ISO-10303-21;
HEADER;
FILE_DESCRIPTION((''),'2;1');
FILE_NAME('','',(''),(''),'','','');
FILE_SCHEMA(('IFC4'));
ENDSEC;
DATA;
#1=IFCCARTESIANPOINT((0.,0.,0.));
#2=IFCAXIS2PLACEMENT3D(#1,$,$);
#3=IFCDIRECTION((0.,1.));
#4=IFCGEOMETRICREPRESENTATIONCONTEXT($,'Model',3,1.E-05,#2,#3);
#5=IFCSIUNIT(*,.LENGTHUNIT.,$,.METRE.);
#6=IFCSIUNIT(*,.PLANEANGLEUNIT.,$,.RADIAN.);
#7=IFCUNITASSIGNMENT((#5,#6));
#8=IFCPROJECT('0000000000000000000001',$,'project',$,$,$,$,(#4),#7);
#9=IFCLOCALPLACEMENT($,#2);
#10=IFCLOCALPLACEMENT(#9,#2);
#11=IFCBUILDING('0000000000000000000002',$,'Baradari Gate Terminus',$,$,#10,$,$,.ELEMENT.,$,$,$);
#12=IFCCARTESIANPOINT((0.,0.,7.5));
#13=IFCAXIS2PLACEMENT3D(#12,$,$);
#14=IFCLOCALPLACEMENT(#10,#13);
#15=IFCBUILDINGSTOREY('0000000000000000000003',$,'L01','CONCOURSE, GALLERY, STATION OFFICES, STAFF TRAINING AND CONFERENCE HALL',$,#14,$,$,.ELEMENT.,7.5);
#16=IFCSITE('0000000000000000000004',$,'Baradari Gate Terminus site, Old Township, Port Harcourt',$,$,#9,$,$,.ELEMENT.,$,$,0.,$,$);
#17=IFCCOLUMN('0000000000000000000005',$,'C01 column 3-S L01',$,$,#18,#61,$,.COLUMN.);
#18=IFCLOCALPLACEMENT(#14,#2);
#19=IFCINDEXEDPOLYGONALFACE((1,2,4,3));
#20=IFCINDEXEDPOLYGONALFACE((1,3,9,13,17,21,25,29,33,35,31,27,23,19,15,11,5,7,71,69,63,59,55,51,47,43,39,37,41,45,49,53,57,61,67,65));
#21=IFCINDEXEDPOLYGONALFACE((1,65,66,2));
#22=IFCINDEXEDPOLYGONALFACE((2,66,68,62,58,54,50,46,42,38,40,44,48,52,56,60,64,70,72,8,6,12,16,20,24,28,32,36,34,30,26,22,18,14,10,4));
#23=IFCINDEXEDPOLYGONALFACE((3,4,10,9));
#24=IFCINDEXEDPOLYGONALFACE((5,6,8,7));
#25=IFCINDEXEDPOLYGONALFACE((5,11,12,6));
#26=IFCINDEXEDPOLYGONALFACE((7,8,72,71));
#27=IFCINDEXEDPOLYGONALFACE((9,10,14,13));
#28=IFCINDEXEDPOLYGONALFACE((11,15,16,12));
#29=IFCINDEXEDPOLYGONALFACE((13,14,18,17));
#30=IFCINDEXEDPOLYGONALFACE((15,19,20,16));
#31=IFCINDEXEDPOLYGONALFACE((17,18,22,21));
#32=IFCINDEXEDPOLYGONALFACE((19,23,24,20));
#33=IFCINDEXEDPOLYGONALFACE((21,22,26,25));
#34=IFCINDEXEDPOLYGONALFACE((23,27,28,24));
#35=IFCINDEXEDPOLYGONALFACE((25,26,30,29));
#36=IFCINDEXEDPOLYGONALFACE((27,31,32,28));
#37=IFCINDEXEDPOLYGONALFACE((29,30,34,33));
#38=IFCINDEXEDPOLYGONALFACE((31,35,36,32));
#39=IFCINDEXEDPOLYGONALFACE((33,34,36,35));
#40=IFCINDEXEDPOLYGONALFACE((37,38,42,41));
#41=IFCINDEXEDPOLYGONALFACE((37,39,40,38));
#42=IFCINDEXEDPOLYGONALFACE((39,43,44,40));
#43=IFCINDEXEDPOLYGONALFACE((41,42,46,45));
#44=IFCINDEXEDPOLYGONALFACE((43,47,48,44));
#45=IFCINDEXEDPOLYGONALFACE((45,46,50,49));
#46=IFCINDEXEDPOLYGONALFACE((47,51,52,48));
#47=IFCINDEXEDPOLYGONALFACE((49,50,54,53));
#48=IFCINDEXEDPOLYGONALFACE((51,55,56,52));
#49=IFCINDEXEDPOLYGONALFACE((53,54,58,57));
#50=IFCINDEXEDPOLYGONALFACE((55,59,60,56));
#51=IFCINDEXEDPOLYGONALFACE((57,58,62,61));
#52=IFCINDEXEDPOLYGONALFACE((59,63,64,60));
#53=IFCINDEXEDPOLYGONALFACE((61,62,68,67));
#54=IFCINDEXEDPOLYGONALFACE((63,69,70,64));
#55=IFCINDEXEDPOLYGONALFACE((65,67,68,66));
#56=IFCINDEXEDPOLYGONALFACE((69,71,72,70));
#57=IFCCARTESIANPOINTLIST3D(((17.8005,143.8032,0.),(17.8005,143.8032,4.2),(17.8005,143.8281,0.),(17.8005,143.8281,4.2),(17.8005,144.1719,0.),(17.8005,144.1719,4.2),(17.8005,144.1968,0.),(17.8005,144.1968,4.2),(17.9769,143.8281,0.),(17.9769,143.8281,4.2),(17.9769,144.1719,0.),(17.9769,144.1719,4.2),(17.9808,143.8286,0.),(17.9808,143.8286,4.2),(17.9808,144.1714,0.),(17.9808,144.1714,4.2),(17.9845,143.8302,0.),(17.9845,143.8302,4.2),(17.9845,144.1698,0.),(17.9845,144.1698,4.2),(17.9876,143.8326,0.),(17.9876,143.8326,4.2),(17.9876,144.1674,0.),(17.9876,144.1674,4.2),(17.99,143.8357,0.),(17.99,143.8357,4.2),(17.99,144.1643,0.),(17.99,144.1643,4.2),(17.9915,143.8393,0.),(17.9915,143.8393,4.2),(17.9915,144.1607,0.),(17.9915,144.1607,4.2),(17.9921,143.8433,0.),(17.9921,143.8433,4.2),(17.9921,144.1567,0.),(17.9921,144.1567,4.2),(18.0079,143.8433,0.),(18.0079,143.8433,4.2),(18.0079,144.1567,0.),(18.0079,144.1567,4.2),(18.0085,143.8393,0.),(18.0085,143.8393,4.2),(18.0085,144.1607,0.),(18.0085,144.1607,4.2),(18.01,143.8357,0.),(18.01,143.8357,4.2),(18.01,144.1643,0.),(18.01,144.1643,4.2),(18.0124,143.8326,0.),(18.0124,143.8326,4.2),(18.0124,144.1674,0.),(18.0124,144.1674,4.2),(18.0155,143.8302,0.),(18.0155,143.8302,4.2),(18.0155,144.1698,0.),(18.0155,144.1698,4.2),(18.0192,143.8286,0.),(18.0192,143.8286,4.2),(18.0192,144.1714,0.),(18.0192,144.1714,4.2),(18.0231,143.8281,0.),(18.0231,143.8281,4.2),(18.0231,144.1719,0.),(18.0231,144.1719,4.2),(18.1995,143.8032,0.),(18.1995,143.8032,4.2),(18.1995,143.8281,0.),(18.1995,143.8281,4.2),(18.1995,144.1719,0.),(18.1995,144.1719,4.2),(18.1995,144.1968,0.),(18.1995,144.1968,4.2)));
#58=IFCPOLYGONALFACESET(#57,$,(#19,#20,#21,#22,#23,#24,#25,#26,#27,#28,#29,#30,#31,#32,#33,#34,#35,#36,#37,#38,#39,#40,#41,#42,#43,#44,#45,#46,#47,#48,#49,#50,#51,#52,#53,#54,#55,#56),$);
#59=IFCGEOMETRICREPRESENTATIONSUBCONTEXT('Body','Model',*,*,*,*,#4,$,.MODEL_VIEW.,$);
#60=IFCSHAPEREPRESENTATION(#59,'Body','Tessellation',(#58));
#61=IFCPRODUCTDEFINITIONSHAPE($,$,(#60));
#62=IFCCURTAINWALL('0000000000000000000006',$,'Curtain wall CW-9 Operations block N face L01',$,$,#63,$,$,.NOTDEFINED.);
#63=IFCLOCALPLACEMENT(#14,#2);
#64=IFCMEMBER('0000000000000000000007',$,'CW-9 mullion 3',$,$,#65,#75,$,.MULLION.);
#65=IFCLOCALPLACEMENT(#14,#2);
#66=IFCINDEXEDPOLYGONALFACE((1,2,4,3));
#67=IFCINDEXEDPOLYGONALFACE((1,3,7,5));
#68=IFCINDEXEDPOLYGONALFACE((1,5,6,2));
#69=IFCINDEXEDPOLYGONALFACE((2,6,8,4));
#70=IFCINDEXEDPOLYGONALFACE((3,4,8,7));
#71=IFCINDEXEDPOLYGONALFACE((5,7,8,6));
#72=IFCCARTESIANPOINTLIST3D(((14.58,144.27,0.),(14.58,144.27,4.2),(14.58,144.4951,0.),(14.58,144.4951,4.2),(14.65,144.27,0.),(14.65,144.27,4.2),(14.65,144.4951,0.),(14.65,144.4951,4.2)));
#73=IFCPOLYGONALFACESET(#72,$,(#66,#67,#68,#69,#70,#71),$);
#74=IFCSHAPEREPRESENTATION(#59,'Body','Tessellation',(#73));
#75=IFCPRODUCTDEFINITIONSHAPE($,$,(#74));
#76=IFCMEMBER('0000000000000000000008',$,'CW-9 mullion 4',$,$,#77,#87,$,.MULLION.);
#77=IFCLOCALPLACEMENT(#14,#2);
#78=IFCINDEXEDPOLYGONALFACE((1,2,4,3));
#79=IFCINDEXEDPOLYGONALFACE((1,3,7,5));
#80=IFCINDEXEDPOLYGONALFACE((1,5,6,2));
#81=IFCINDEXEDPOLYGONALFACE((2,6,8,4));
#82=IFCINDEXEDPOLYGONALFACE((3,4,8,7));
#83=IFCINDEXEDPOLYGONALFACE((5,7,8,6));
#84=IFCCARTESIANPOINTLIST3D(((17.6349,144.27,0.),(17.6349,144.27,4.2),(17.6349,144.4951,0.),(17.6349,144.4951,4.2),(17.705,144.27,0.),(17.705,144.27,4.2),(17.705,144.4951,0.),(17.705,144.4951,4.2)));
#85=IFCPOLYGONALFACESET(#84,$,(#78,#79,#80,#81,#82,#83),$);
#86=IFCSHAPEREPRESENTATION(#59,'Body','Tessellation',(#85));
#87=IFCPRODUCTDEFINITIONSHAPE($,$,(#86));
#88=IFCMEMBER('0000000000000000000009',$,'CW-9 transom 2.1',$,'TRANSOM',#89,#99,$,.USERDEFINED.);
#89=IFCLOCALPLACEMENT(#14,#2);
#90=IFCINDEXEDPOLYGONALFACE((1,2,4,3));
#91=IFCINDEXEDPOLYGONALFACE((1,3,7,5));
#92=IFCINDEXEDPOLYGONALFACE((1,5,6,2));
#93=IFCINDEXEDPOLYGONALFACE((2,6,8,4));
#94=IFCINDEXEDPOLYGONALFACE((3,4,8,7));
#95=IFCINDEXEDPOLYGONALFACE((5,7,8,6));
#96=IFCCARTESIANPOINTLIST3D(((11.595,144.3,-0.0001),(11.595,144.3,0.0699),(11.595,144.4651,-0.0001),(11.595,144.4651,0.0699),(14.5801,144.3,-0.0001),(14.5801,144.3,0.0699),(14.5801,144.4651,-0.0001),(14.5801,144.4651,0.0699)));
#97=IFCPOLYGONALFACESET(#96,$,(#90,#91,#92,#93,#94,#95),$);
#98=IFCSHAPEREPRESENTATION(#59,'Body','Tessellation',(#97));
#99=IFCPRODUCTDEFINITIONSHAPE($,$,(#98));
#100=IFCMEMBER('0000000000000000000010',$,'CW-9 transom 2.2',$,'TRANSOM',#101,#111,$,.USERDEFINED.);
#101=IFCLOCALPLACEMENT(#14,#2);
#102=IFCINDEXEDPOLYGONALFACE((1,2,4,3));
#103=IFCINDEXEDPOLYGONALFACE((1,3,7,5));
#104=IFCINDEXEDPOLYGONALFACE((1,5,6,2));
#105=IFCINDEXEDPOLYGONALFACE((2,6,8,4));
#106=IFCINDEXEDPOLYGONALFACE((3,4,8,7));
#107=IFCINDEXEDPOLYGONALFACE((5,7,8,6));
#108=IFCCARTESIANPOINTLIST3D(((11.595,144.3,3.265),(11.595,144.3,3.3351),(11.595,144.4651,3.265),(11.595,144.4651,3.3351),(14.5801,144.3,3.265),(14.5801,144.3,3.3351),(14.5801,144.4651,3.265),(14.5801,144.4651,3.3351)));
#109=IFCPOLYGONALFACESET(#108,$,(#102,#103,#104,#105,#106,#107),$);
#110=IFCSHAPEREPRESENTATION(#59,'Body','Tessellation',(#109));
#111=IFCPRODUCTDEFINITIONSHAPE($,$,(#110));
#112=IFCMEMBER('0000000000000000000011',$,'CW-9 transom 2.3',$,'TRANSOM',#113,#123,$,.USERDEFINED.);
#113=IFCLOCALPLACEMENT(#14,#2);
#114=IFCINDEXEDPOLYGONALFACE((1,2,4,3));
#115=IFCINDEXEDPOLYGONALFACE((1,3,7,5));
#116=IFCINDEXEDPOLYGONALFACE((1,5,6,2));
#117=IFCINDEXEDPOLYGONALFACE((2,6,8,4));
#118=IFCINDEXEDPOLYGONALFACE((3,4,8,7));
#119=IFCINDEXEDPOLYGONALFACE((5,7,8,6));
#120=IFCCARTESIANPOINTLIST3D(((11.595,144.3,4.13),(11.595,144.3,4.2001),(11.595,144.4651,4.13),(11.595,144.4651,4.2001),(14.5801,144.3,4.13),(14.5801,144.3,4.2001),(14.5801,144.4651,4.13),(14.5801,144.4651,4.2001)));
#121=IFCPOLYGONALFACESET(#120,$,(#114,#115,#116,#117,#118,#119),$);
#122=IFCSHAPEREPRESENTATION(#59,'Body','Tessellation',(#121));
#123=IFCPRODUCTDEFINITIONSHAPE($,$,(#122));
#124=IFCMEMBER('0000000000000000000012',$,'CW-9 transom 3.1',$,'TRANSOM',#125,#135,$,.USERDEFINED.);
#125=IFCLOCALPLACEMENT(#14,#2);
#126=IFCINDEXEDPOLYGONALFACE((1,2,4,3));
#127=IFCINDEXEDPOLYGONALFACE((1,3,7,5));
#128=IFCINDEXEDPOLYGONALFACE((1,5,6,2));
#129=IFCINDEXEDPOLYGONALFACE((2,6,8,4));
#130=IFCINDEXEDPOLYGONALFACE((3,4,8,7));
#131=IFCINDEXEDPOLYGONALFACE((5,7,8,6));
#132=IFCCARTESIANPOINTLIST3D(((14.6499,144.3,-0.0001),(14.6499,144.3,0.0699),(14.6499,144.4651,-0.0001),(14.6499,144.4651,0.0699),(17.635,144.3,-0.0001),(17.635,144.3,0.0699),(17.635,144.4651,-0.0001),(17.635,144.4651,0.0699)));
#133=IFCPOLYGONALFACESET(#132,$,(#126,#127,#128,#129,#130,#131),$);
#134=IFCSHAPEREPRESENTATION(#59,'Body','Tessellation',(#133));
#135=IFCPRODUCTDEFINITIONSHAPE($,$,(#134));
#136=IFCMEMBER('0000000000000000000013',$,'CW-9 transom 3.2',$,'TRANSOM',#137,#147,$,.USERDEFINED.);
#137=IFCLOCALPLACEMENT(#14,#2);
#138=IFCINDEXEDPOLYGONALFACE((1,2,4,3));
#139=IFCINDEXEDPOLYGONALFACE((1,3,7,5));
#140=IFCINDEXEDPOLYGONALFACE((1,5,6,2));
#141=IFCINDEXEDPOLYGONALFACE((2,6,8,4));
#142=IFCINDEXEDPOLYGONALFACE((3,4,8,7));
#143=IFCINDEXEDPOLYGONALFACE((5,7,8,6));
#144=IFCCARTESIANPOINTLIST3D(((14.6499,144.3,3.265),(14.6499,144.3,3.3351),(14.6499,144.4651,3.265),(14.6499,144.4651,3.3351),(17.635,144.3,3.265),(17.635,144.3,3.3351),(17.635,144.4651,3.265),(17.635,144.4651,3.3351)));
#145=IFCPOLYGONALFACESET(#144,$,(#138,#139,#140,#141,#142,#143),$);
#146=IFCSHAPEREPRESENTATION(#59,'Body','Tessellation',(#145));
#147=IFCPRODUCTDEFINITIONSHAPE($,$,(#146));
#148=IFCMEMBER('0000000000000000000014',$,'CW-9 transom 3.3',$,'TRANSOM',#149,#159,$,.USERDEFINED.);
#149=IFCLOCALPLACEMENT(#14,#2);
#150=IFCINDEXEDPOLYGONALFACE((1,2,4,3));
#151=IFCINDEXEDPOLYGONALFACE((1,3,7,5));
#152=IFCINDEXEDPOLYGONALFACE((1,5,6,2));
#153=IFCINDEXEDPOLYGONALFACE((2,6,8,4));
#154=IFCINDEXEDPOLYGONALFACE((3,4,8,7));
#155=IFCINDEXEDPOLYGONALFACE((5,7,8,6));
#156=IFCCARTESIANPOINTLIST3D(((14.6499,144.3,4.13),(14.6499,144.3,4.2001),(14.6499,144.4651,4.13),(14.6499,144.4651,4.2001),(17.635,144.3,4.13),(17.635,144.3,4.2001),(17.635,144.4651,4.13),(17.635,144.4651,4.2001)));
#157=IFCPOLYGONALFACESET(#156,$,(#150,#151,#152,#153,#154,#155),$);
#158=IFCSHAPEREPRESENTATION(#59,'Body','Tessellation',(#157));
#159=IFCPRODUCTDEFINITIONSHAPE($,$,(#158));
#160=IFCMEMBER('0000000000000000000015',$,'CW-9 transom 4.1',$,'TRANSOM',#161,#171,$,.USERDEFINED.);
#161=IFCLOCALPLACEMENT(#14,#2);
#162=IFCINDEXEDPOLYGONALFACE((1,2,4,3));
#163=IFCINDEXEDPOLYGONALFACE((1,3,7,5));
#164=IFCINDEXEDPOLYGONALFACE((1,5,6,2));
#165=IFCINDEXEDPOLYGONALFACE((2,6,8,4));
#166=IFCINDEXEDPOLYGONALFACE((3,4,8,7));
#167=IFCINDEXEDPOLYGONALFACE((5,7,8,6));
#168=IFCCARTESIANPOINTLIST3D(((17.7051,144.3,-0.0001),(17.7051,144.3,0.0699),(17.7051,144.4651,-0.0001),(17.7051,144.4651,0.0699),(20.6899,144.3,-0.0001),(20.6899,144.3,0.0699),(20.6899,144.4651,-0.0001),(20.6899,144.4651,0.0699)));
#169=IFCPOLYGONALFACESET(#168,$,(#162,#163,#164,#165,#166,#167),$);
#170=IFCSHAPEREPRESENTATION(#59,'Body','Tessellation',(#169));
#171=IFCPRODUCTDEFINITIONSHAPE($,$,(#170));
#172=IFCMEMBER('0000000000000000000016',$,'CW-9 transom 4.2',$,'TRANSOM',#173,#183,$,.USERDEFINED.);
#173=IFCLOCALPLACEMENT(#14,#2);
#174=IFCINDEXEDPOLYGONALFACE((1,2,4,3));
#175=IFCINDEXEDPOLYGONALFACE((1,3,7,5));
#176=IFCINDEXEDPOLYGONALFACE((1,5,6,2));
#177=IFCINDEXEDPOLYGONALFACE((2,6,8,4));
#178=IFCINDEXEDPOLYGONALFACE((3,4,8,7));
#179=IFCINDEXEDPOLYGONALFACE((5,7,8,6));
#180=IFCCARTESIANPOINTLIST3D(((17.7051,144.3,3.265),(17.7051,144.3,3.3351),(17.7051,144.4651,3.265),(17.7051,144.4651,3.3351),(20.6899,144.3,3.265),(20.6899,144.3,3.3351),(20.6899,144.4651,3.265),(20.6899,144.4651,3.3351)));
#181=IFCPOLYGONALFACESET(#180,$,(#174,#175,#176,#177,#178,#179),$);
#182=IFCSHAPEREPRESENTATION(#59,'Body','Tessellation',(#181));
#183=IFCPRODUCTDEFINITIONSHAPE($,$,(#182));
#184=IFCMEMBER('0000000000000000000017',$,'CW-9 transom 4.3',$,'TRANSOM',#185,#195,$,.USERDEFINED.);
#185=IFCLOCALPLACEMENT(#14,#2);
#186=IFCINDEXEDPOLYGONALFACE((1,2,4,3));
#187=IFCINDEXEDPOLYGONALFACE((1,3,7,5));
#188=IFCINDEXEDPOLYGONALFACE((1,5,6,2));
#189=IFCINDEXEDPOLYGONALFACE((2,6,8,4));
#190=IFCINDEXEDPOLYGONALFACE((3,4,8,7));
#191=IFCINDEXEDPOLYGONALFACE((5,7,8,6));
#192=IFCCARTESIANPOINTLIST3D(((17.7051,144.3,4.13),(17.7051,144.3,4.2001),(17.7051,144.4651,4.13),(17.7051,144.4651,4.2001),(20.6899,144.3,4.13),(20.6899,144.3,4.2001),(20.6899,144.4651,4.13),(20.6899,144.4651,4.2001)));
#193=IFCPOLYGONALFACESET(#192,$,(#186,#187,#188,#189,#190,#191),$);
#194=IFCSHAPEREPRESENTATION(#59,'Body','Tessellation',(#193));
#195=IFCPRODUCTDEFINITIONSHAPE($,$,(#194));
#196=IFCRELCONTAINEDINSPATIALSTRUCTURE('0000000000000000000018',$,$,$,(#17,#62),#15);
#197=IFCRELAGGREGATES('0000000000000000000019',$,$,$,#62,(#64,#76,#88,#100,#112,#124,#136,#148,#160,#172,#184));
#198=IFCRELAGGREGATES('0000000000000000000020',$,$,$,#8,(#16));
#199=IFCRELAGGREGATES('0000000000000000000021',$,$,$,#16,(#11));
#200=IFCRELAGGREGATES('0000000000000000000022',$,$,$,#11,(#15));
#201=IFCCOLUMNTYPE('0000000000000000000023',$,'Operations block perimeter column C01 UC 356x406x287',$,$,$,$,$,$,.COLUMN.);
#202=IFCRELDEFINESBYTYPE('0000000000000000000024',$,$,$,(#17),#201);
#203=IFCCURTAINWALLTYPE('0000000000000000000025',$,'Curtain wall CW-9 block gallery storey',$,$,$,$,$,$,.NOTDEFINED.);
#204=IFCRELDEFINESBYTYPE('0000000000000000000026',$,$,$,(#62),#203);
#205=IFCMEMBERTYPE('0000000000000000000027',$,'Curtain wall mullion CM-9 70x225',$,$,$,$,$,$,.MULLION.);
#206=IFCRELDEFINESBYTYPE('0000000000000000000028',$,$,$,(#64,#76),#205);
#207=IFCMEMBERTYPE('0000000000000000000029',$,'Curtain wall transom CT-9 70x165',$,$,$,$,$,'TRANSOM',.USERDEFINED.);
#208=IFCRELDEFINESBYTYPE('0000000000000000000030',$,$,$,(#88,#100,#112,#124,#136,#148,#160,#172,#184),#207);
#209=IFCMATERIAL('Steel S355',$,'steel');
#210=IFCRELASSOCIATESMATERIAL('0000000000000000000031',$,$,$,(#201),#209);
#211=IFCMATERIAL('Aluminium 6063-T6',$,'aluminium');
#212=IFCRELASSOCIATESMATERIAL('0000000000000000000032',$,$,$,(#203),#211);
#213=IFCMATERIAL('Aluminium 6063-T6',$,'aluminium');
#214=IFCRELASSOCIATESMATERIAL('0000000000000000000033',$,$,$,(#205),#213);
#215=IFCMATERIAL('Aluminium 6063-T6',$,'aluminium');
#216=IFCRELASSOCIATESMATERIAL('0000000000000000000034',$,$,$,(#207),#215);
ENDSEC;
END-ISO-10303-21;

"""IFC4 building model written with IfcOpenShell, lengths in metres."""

from ifc_helpers import new_model, si_unit, direction, frame, origin, origin_2d, place, context, subcontext, project, spatial, rectangle, i_section, extrude, material, material_profile, profile_set, type_object, element, aggregate, save


model = new_model("IFC4")

# Units and contexts
model_context = context("Model", 3, precision=1e-05, world=origin(), true_north=direction((0.0, 1.0)))
body_context = subcontext(model_context, "Body", "Model", "MODEL_VIEW")
ifc_project = project(units=[si_unit("LENGTHUNIT", "METRE"), si_unit("PLANEANGLEUNIT", "RADIAN")], contexts=[model_context])

# Site, building, storey
site_placement = place(None, origin())
site = spatial("IfcSite", under=ifc_project, at=site_placement, Name="Baradari Gate Terminus site, Old Township, Port Harcourt", CompositionType="ELEMENT", RefElevation=0.0)
building_placement = place(site_placement, origin())
building = spatial("IfcBuilding", under=site, at=building_placement, Name="Baradari Gate Terminus", CompositionType="ELEMENT")
storey_placement = place(building_placement, frame((0.0, 0.0, 7.5)))
storey = spatial("IfcBuildingStorey", under=building, at=storey_placement, Name="L01", Description="CONCOURSE, GALLERY, STATION OFFICES, STAFF TRAINING AND CONFERENCE HALL", CompositionType="ELEMENT", Elevation=7.5)

# Column
ifc_material_1 = material(Name="Steel S355", Category="steel")
ifc_material_profile_1 = material_profile(ifc_material_1, i_section(OverallWidth=0.3989, OverallDepth=0.3936, WebThickness=0.0159, FlangeThickness=0.0249, FilletRadius=0.0151, at=origin_2d()), Name="UC 356x406x287")
ifc_profile_set_1 = profile_set([ifc_material_profile_1], Name="Steel S355")
column_type = type_object("IfcColumnType", Name="Operations block perimeter column C01 UC 356x406x287", PredefinedType="COLUMN", material=ifc_profile_set_1)
column_placement = place(storey_placement, frame((18.0, 144.0, 0.0), z_axis=(0.0, 0.0, 1.0), x_axis=(1.0, 0.0, 0.0)))
element("IfcColumn", 1, at=column_placement, inside=storey, type_object=column_type, Name="C01 column 3-S L01", PredefinedType="COLUMN", context=body_context, shape_type="SweptSolid", body=[
    extrude(i_section(OverallWidth=0.3989, OverallDepth=0.3936, WebThickness=0.0159, FlangeThickness=0.0249, FilletRadius=0.0151, at=origin_2d()), origin(), (0.0, 0.0, 1.0), 4.2),
])

# Curtain wall, members
ifc_material_2 = material(Name="Aluminium 6063-T6", Category="aluminium")
curtain_wall_type = type_object("IfcCurtainWallType", Name="Curtain wall CW-9 block gallery storey", PredefinedType="NOTDEFINED", material=ifc_material_2)
curtain_wall_placement = place(storey_placement, origin())
curtain_wall = element("IfcCurtainWall", 2, at=curtain_wall_placement, inside=storey, type_object=curtain_wall_type, Name="Curtain wall CW-9 Operations block N face L01", PredefinedType="NOTDEFINED")
ifc_material_3 = material(Name="Aluminium 6063-T6", Category="aluminium")
ifc_material_profile_2 = material_profile(ifc_material_3, rectangle(XDim=0.2251, YDim=0.0701, at=origin_2d()), Name="CM-9 70X225")
ifc_profile_set_2 = profile_set([ifc_material_profile_2], Name="Aluminium 6063-T6")
member_type_1 = type_object("IfcMemberType", Name="Curtain wall mullion CM-9 70x225", PredefinedType="MULLION", material=ifc_profile_set_2)
member_1_placement = place(storey_placement, frame((14.615, 144.3826, 0.0), z_axis=(0.0, 0.0, 1.0), x_axis=(0.0, 1.0, 0.0)))
member_1 = element("IfcMember", 3, at=member_1_placement, type_object=member_type_1, Name="CW-9 mullion 3", PredefinedType="MULLION", context=body_context, shape_type="SweptSolid", body=[
    extrude(rectangle(XDim=0.2251, YDim=0.0701, at=origin_2d()), origin(), (0.0, 0.0, 1.0), 4.2),
])
member_2_placement = place(storey_placement, frame((17.6699, 144.3826, 0.0), z_axis=(0.0, 0.0, 1.0), x_axis=(0.0, 1.0, 0.0)))
member_2 = element("IfcMember", 4, at=member_2_placement, type_object=member_type_1, Name="CW-9 mullion 4", PredefinedType="MULLION", context=body_context, shape_type="SweptSolid", body=[
    extrude(rectangle(XDim=0.2251, YDim=0.0701, at=origin_2d()), origin(), (0.0, 0.0, 1.0), 4.2),
])
ifc_material_4 = material(Name="Aluminium 6063-T6", Category="aluminium")
ifc_material_profile_3 = material_profile(ifc_material_4, rectangle(XDim=0.165, YDim=0.0701, at=origin_2d()), Name="CT-9 70X165")
ifc_profile_set_3 = profile_set([ifc_material_profile_3], Name="Aluminium 6063-T6")
member_type_2 = type_object("IfcMemberType", Name="Curtain wall transom CT-9 70x165", ElementType="TRANSOM", PredefinedType="USERDEFINED", material=ifc_profile_set_3)
member_3_placement = place(storey_placement, frame((11.595, 144.3826, 0.0349), z_axis=(1.0, 0.0, 0.0), x_axis=(0.0, 1.0, 0.0)))
member_3 = element("IfcMember", 5, at=member_3_placement, type_object=member_type_2, Name="CW-9 transom 2.1", ObjectType="TRANSOM", PredefinedType="USERDEFINED", context=body_context, shape_type="SweptSolid", body=[
    extrude(rectangle(XDim=0.165, YDim=0.0701, at=origin_2d()), origin(), (0.0, 0.0, 1.0), 2.9851),
])
member_4_placement = place(storey_placement, frame((11.595, 144.3826, 3.3), z_axis=(1.0, 0.0, 0.0), x_axis=(0.0, 1.0, 0.0)))
member_4 = element("IfcMember", 6, at=member_4_placement, type_object=member_type_2, Name="CW-9 transom 2.2", ObjectType="TRANSOM", PredefinedType="USERDEFINED", context=body_context, shape_type="SweptSolid", body=[
    extrude(rectangle(XDim=0.165, YDim=0.0701, at=origin_2d()), origin(), (0.0, 0.0, 1.0), 2.9851),
])
member_5_placement = place(storey_placement, frame((11.595, 144.3826, 4.165), z_axis=(1.0, 0.0, 0.0), x_axis=(0.0, 1.0, 0.0)))
member_5 = element("IfcMember", 7, at=member_5_placement, type_object=member_type_2, Name="CW-9 transom 2.3", ObjectType="TRANSOM", PredefinedType="USERDEFINED", context=body_context, shape_type="SweptSolid", body=[
    extrude(rectangle(XDim=0.165, YDim=0.0701, at=origin_2d()), origin(), (0.0, 0.0, 1.0), 2.9851),
])
member_6_placement = place(storey_placement, frame((14.6499, 144.3826, 0.0349), z_axis=(1.0, 0.0, 0.0), x_axis=(0.0, 1.0, 0.0)))
member_6 = element("IfcMember", 8, at=member_6_placement, type_object=member_type_2, Name="CW-9 transom 3.1", ObjectType="TRANSOM", PredefinedType="USERDEFINED", context=body_context, shape_type="SweptSolid", body=[
    extrude(rectangle(XDim=0.165, YDim=0.0701, at=origin_2d()), origin(), (0.0, 0.0, 1.0), 2.9851),
])
member_7_placement = place(storey_placement, frame((14.6499, 144.3826, 3.3), z_axis=(1.0, 0.0, 0.0), x_axis=(0.0, 1.0, 0.0)))
member_7 = element("IfcMember", 9, at=member_7_placement, type_object=member_type_2, Name="CW-9 transom 3.2", ObjectType="TRANSOM", PredefinedType="USERDEFINED", context=body_context, shape_type="SweptSolid", body=[
    extrude(rectangle(XDim=0.165, YDim=0.0701, at=origin_2d()), origin(), (0.0, 0.0, 1.0), 2.9851),
])
member_8_placement = place(storey_placement, frame((14.6499, 144.3826, 4.165), z_axis=(1.0, 0.0, 0.0), x_axis=(0.0, 1.0, 0.0)))
member_8 = element("IfcMember", 10, at=member_8_placement, type_object=member_type_2, Name="CW-9 transom 3.3", ObjectType="TRANSOM", PredefinedType="USERDEFINED", context=body_context, shape_type="SweptSolid", body=[
    extrude(rectangle(XDim=0.165, YDim=0.0701, at=origin_2d()), origin(), (0.0, 0.0, 1.0), 2.9851),
])
member_9_placement = place(storey_placement, frame((17.7051, 144.3826, 0.0349), z_axis=(1.0, 0.0, 0.0), x_axis=(0.0, 1.0, 0.0)))
member_9 = element("IfcMember", 11, at=member_9_placement, type_object=member_type_2, Name="CW-9 transom 4.1", ObjectType="TRANSOM", PredefinedType="USERDEFINED", context=body_context, shape_type="SweptSolid", body=[
    extrude(rectangle(XDim=0.165, YDim=0.0701, at=origin_2d()), origin(), (0.0, 0.0, 1.0), 2.9849),
])
member_10_placement = place(storey_placement, frame((17.7051, 144.3826, 3.3), z_axis=(1.0, 0.0, 0.0), x_axis=(0.0, 1.0, 0.0)))
member_10 = element("IfcMember", 12, at=member_10_placement, type_object=member_type_2, Name="CW-9 transom 4.2", ObjectType="TRANSOM", PredefinedType="USERDEFINED", context=body_context, shape_type="SweptSolid", body=[
    extrude(rectangle(XDim=0.165, YDim=0.0701, at=origin_2d()), origin(), (0.0, 0.0, 1.0), 2.9849),
])
member_11_placement = place(storey_placement, frame((17.7051, 144.3826, 4.165), z_axis=(1.0, 0.0, 0.0), x_axis=(0.0, 1.0, 0.0)))
member_11 = element("IfcMember", 13, at=member_11_placement, type_object=member_type_2, Name="CW-9 transom 4.3", ObjectType="TRANSOM", PredefinedType="USERDEFINED", context=body_context, shape_type="SweptSolid", body=[
    extrude(rectangle(XDim=0.165, YDim=0.0701, at=origin_2d()), origin(), (0.0, 0.0, 1.0), 2.9849),
])

aggregate(curtain_wall, [member_1, member_2, member_3, member_4, member_5, member_6, member_7, member_8, member_9, member_10, member_11])

save(model, "model.ifc")
